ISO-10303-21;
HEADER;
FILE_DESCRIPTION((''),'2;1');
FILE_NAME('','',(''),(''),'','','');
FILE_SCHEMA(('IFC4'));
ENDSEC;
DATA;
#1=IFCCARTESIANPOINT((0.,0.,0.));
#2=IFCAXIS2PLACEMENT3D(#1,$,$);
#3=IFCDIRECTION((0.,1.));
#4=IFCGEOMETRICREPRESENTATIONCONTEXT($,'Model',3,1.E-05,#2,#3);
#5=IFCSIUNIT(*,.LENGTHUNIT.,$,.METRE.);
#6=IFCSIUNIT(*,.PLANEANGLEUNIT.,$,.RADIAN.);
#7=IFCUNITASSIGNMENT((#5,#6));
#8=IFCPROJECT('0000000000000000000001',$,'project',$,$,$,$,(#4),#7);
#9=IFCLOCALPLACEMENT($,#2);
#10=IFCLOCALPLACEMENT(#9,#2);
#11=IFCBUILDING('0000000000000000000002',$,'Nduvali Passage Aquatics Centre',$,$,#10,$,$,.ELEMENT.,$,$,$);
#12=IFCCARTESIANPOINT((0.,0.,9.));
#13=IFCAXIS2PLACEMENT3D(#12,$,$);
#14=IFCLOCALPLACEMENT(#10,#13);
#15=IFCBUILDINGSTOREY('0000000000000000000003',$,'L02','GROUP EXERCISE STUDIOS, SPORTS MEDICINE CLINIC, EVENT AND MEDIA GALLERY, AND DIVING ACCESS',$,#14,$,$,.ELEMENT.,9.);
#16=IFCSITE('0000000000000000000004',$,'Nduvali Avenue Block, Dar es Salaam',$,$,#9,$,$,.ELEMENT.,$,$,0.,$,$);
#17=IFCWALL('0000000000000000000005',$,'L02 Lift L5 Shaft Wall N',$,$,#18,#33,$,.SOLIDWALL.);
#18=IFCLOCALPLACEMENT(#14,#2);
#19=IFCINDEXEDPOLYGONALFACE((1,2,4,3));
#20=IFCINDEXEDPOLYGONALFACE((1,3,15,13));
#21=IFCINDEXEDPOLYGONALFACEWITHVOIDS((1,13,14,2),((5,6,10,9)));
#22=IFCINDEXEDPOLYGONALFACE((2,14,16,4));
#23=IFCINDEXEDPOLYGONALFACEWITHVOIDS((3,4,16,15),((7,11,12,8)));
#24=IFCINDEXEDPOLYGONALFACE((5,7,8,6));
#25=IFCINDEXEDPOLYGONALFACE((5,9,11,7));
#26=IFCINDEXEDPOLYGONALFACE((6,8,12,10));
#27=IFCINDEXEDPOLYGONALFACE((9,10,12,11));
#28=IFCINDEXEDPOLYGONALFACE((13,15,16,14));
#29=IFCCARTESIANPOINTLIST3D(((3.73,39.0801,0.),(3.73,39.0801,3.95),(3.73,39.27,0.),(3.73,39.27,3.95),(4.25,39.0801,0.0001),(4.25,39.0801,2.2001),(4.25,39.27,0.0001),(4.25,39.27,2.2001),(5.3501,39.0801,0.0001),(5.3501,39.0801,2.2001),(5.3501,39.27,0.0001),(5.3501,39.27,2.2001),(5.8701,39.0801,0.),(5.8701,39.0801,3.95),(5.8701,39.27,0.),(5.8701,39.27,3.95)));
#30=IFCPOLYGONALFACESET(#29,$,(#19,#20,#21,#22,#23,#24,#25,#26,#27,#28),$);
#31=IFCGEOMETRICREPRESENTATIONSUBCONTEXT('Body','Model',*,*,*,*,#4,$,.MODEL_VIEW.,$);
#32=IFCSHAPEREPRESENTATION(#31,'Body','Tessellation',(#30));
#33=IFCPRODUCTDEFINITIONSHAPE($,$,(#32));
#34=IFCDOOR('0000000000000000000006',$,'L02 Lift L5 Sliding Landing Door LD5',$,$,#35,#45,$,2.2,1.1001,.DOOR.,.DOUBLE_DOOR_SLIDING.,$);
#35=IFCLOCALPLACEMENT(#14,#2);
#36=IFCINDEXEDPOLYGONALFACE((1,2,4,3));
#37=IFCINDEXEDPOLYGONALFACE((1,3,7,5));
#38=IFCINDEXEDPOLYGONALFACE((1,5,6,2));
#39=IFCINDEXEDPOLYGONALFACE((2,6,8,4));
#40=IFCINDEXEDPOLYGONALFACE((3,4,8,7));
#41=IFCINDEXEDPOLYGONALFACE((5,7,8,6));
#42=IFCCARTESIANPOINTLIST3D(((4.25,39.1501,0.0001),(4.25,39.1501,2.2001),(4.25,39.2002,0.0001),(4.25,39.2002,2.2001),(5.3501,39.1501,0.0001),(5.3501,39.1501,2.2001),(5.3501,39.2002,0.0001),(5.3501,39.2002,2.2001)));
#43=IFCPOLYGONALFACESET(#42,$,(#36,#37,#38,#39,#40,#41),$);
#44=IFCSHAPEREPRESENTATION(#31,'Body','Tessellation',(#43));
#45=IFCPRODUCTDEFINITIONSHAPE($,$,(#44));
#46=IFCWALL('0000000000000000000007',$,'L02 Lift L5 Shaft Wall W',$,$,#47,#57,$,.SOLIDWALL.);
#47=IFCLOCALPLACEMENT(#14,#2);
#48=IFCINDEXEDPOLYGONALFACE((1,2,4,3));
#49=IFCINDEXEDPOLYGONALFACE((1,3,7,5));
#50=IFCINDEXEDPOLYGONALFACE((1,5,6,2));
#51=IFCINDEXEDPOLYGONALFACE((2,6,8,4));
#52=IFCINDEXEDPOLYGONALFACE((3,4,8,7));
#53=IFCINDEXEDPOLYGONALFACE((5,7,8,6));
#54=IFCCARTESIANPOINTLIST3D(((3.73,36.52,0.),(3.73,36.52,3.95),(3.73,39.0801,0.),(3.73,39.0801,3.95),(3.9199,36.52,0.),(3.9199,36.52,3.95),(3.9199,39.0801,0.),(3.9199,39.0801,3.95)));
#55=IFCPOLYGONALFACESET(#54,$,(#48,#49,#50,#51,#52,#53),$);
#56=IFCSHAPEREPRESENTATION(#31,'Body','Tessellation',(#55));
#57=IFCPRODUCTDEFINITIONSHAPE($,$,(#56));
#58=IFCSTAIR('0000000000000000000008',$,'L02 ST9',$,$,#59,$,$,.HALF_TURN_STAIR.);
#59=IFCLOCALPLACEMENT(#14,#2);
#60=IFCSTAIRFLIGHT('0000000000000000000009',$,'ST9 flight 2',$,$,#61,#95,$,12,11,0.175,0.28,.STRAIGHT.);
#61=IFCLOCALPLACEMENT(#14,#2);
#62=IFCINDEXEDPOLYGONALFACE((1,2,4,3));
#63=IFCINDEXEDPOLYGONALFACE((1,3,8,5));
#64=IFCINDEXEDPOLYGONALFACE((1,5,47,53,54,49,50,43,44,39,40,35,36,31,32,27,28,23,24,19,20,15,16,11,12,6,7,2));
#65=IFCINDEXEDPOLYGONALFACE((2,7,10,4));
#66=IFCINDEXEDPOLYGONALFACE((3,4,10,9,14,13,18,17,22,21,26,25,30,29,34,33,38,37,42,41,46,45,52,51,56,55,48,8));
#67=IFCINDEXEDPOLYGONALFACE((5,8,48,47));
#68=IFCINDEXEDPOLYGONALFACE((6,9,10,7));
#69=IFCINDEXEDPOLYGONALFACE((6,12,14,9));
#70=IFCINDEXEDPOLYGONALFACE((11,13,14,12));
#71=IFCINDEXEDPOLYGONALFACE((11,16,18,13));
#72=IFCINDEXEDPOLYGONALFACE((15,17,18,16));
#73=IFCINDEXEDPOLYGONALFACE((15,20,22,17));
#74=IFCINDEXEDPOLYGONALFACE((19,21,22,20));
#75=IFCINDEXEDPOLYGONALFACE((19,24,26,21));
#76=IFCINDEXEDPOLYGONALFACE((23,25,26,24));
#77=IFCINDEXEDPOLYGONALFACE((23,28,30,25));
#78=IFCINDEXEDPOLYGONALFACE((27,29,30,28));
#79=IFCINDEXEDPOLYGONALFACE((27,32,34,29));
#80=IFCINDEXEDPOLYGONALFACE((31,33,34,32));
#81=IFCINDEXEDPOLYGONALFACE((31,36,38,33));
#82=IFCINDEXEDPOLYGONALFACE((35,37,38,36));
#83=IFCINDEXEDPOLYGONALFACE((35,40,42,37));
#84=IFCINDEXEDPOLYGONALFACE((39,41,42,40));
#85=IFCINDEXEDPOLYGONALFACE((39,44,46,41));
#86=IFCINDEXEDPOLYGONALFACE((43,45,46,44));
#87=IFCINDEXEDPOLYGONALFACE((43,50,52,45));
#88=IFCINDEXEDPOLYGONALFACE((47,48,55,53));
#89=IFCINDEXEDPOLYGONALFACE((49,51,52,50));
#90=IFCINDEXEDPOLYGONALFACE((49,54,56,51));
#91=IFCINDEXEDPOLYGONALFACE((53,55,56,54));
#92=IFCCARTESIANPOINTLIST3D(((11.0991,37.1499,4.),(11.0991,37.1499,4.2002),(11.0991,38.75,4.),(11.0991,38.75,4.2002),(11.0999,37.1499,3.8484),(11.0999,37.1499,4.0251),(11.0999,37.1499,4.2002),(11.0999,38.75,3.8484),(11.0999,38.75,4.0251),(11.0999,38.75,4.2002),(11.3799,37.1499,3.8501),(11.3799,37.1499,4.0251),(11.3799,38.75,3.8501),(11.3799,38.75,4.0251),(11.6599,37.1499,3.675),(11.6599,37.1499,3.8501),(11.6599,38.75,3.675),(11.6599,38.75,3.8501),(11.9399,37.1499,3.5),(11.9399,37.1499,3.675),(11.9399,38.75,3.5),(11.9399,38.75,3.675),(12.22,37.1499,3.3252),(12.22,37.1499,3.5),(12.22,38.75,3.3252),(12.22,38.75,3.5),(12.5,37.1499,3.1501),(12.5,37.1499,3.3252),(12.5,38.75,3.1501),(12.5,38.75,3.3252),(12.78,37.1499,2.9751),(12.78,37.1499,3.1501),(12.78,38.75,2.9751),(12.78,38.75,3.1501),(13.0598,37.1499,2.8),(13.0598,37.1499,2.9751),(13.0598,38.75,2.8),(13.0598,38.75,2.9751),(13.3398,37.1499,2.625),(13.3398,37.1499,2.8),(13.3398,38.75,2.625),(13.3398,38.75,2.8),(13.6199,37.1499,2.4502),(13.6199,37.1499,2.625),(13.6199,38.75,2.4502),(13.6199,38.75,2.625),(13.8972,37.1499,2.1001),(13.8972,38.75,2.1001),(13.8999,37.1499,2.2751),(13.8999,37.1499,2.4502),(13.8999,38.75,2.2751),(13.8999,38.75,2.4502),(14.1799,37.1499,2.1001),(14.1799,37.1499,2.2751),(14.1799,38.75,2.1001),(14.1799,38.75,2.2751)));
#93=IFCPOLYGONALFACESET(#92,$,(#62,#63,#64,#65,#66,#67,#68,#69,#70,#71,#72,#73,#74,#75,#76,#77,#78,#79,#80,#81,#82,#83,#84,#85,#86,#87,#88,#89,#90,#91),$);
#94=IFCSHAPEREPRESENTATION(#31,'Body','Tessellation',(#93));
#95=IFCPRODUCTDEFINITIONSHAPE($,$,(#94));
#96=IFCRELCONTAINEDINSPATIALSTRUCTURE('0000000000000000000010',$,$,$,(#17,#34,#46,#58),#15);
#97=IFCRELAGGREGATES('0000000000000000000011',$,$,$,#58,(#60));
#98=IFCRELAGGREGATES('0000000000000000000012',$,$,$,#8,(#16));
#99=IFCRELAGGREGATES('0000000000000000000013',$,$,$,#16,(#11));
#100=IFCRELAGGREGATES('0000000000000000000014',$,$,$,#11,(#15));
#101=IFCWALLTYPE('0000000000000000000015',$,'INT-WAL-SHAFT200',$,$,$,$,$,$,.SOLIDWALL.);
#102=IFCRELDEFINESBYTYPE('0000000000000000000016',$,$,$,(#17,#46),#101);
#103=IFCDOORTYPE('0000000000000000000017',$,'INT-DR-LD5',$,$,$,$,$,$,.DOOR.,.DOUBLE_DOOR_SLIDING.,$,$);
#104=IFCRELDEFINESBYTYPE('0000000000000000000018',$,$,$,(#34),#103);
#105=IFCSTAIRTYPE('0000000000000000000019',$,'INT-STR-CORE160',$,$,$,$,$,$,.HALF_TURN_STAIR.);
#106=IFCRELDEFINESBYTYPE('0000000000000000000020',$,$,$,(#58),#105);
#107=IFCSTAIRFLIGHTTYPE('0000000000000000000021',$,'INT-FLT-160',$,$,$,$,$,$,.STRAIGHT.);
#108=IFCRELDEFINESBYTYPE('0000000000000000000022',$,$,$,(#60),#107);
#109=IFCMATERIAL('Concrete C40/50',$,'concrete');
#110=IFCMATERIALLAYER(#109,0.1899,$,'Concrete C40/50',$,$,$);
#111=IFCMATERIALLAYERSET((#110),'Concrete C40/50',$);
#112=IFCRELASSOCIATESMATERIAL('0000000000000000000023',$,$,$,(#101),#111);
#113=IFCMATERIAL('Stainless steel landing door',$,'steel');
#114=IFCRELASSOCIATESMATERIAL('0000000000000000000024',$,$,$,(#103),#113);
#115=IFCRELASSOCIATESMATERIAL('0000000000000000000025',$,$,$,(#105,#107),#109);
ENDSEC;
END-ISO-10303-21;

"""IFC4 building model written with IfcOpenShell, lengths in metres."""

from ifc_helpers import new_model, si_unit, direction, frame, frame_2d, origin, place, context, subcontext, project, spatial, polyline, rectangle, outline, extrude, material, layer, layer_set, type_object, element, fill, aggregate, save


model = new_model("IFC4")

# Units and contexts
model_context = context("Model", 3, precision=1e-05, world=origin(), true_north=direction((0.0, 1.0)))
body_context = subcontext(model_context, "Body", "Model", "MODEL_VIEW")
ifc_project = project(units=[si_unit("LENGTHUNIT", "METRE"), si_unit("PLANEANGLEUNIT", "RADIAN")], contexts=[model_context])

# Site, building, storey
site_placement = place(None, origin())
site = spatial("IfcSite", under=ifc_project, at=site_placement, Name="Nduvali Avenue Block, Dar es Salaam", CompositionType="ELEMENT", RefElevation=0.0)
building_placement = place(site_placement, origin())
building = spatial("IfcBuilding", under=site, at=building_placement, Name="Nduvali Passage Aquatics Centre", CompositionType="ELEMENT")
storey_placement = place(building_placement, frame((0.0, 0.0, 9.0)))
storey = spatial("IfcBuildingStorey", under=building, at=storey_placement, Name="L02", Description="GROUP EXERCISE STUDIOS, SPORTS MEDICINE CLINIC, EVENT AND MEDIA GALLERY, AND DIVING ACCESS", CompositionType="ELEMENT", Elevation=9.0)

# Shared definitions
ifc_material_1 = material(Name="Concrete C40/50", Category="concrete")

# Wall, opening, door
ifc_layer_1 = layer(ifc_material_1, 0.1899, Name="Concrete C40/50")
ifc_layer_set_1 = layer_set([ifc_layer_1], Name="Concrete C40/50")
wall_type_1 = type_object("IfcWallType", Name="INT-WAL-SHAFT200", PredefinedType="SOLIDWALL", material=ifc_layer_set_1)
wall_1_placement = place(storey_placement, frame((5.8701, 39.175, 0.0), z_axis=(0.0, 0.0, 1.0), x_axis=(-1.0, 0.0, 0.0)))
wall_1 = element("IfcWall", 1, at=wall_1_placement, inside=storey, type_object=wall_type_1, Name="L02 Lift L5 Shaft Wall N", PredefinedType="SOLIDWALL", context=body_context, shape_type="SweptSolid", body=[
    extrude(rectangle(XDim=2.1401, YDim=0.1899, at=frame_2d((1.0701, 0.0))), origin(), (0.0, 0.0, 1.0), 3.95),
])
opening_1_placement = place(wall_1_placement, frame((0.52, 0.0, 0.0)))
opening_1 = element("IfcOpeningElement", 2, at=opening_1_placement, cuts=wall_1, PredefinedType="OPENING", context=body_context, shape_type="SweptSolid", body=[
    extrude(rectangle(XDim=1.1001, YDim=2.2, at=frame_2d((0.55, 1.1001))), frame((0.0, 0.1099, 0.0), z_axis=(0.0, -1.0, 0.0), x_axis=(1.0, 0.0, 0.0)), (0.0, 0.0, 1.0), 0.2197),
])
ifc_material_2 = material(Name="Stainless steel landing door", Category="steel")
door_type_1 = type_object("IfcDoorType", Name="INT-DR-LD5", OperationType="DOUBLE_DOOR_SLIDING", PredefinedType="DOOR", material=ifc_material_2)
door_1_placement = place(opening_1_placement, origin())
door_1 = element("IfcDoor", 3, at=door_1_placement, inside=storey, type_object=door_type_1, Name="L02 Lift L5 Sliding Landing Door LD5", OperationType="DOUBLE_DOOR_SLIDING", OverallHeight=2.2, OverallWidth=1.1001, PredefinedType="DOOR", context=body_context, shape_type="SweptSolid", body=[
    extrude(rectangle(XDim=1.1001, YDim=2.2, at=frame_2d((0.55, 1.1001))), frame((0.0, 0.0249, 0.0), z_axis=(0.0, -1.0, 0.0), x_axis=(1.0, 0.0, 0.0)), (0.0, 0.0, 1.0), 0.05),
])
fill(opening_1, door_1)

# Wall
wall_2_placement = place(storey_placement, frame((3.825, 39.0801, 0.0), z_axis=(0.0, 0.0, 1.0), x_axis=(0.0, -1.0, 0.0)))
element("IfcWall", 4, at=wall_2_placement, inside=storey, type_object=wall_type_1, Name="L02 Lift L5 Shaft Wall W", PredefinedType="SOLIDWALL", context=body_context, shape_type="SweptSolid", body=[
    extrude(rectangle(XDim=2.5601, YDim=0.1899, at=frame_2d((1.28, 0.0))), origin(), (0.0, 0.0, 1.0), 3.95),
])

# Stair, stair flight
stair_type = type_object("IfcStairType", Name="INT-STR-CORE160", PredefinedType="HALF_TURN_STAIR", material=ifc_material_1)
stair_placement = place(storey_placement, origin())
stair = element("IfcStair", 5, at=stair_placement, inside=storey, type_object=stair_type, Name="L02 ST9", PredefinedType="HALF_TURN_STAIR")
stair_flight_type = type_object("IfcStairFlightType", Name="INT-FLT-160", PredefinedType="STRAIGHT", material=ifc_material_1)
stair_flight_placement = place(storey_placement, frame((14.1799, 37.95, 2.1001), z_axis=(0.0, 0.0, 1.0), x_axis=(-1.0, 0.0, 0.0)))
stair_flight = element("IfcStairFlight", 6, at=stair_flight_placement, type_object=stair_flight_type, Name="ST9 flight 2", NumberOfRisers=12, NumberOfTreads=11, PredefinedType="STRAIGHT", RiserHeight=0.175, TreadLength=0.28, context=body_context, shape_type="SweptSolid", body=[
    extrude(outline(polyline([(0.0, 0.0), (0.0, 0.175), (0.28, 0.175), (0.28, 0.3501), (0.5601, 0.3501), (0.5601, 0.5249), (0.8401, 0.5249), (0.8401, 0.7), (1.1201, 0.7), (1.1201, 0.875), (1.3999, 0.875), (1.3999, 1.05), (1.6799, 1.05), (1.6799, 1.2251), (1.96, 1.2251), (1.96, 1.3999), (2.24, 1.3999), (2.24, 1.575), (2.52, 1.575), (2.52, 1.75), (2.8, 1.75), (2.8, 1.925), (3.0801, 1.925), (3.0801, 2.1001), (3.0808, 2.1001), (3.0808, 1.8999), (3.0801, 1.7483), (0.2827, 0.0), (0.0, 0.0)])), frame((0.0, 0.8, 0.0), z_axis=(0.0, -1.0, 0.0), x_axis=(1.0, 0.0, 0.0)), (0.0, 0.0, 1.0), 1.6001),
])
aggregate(stair, [stair_flight])

save(model, "model.ifc")
